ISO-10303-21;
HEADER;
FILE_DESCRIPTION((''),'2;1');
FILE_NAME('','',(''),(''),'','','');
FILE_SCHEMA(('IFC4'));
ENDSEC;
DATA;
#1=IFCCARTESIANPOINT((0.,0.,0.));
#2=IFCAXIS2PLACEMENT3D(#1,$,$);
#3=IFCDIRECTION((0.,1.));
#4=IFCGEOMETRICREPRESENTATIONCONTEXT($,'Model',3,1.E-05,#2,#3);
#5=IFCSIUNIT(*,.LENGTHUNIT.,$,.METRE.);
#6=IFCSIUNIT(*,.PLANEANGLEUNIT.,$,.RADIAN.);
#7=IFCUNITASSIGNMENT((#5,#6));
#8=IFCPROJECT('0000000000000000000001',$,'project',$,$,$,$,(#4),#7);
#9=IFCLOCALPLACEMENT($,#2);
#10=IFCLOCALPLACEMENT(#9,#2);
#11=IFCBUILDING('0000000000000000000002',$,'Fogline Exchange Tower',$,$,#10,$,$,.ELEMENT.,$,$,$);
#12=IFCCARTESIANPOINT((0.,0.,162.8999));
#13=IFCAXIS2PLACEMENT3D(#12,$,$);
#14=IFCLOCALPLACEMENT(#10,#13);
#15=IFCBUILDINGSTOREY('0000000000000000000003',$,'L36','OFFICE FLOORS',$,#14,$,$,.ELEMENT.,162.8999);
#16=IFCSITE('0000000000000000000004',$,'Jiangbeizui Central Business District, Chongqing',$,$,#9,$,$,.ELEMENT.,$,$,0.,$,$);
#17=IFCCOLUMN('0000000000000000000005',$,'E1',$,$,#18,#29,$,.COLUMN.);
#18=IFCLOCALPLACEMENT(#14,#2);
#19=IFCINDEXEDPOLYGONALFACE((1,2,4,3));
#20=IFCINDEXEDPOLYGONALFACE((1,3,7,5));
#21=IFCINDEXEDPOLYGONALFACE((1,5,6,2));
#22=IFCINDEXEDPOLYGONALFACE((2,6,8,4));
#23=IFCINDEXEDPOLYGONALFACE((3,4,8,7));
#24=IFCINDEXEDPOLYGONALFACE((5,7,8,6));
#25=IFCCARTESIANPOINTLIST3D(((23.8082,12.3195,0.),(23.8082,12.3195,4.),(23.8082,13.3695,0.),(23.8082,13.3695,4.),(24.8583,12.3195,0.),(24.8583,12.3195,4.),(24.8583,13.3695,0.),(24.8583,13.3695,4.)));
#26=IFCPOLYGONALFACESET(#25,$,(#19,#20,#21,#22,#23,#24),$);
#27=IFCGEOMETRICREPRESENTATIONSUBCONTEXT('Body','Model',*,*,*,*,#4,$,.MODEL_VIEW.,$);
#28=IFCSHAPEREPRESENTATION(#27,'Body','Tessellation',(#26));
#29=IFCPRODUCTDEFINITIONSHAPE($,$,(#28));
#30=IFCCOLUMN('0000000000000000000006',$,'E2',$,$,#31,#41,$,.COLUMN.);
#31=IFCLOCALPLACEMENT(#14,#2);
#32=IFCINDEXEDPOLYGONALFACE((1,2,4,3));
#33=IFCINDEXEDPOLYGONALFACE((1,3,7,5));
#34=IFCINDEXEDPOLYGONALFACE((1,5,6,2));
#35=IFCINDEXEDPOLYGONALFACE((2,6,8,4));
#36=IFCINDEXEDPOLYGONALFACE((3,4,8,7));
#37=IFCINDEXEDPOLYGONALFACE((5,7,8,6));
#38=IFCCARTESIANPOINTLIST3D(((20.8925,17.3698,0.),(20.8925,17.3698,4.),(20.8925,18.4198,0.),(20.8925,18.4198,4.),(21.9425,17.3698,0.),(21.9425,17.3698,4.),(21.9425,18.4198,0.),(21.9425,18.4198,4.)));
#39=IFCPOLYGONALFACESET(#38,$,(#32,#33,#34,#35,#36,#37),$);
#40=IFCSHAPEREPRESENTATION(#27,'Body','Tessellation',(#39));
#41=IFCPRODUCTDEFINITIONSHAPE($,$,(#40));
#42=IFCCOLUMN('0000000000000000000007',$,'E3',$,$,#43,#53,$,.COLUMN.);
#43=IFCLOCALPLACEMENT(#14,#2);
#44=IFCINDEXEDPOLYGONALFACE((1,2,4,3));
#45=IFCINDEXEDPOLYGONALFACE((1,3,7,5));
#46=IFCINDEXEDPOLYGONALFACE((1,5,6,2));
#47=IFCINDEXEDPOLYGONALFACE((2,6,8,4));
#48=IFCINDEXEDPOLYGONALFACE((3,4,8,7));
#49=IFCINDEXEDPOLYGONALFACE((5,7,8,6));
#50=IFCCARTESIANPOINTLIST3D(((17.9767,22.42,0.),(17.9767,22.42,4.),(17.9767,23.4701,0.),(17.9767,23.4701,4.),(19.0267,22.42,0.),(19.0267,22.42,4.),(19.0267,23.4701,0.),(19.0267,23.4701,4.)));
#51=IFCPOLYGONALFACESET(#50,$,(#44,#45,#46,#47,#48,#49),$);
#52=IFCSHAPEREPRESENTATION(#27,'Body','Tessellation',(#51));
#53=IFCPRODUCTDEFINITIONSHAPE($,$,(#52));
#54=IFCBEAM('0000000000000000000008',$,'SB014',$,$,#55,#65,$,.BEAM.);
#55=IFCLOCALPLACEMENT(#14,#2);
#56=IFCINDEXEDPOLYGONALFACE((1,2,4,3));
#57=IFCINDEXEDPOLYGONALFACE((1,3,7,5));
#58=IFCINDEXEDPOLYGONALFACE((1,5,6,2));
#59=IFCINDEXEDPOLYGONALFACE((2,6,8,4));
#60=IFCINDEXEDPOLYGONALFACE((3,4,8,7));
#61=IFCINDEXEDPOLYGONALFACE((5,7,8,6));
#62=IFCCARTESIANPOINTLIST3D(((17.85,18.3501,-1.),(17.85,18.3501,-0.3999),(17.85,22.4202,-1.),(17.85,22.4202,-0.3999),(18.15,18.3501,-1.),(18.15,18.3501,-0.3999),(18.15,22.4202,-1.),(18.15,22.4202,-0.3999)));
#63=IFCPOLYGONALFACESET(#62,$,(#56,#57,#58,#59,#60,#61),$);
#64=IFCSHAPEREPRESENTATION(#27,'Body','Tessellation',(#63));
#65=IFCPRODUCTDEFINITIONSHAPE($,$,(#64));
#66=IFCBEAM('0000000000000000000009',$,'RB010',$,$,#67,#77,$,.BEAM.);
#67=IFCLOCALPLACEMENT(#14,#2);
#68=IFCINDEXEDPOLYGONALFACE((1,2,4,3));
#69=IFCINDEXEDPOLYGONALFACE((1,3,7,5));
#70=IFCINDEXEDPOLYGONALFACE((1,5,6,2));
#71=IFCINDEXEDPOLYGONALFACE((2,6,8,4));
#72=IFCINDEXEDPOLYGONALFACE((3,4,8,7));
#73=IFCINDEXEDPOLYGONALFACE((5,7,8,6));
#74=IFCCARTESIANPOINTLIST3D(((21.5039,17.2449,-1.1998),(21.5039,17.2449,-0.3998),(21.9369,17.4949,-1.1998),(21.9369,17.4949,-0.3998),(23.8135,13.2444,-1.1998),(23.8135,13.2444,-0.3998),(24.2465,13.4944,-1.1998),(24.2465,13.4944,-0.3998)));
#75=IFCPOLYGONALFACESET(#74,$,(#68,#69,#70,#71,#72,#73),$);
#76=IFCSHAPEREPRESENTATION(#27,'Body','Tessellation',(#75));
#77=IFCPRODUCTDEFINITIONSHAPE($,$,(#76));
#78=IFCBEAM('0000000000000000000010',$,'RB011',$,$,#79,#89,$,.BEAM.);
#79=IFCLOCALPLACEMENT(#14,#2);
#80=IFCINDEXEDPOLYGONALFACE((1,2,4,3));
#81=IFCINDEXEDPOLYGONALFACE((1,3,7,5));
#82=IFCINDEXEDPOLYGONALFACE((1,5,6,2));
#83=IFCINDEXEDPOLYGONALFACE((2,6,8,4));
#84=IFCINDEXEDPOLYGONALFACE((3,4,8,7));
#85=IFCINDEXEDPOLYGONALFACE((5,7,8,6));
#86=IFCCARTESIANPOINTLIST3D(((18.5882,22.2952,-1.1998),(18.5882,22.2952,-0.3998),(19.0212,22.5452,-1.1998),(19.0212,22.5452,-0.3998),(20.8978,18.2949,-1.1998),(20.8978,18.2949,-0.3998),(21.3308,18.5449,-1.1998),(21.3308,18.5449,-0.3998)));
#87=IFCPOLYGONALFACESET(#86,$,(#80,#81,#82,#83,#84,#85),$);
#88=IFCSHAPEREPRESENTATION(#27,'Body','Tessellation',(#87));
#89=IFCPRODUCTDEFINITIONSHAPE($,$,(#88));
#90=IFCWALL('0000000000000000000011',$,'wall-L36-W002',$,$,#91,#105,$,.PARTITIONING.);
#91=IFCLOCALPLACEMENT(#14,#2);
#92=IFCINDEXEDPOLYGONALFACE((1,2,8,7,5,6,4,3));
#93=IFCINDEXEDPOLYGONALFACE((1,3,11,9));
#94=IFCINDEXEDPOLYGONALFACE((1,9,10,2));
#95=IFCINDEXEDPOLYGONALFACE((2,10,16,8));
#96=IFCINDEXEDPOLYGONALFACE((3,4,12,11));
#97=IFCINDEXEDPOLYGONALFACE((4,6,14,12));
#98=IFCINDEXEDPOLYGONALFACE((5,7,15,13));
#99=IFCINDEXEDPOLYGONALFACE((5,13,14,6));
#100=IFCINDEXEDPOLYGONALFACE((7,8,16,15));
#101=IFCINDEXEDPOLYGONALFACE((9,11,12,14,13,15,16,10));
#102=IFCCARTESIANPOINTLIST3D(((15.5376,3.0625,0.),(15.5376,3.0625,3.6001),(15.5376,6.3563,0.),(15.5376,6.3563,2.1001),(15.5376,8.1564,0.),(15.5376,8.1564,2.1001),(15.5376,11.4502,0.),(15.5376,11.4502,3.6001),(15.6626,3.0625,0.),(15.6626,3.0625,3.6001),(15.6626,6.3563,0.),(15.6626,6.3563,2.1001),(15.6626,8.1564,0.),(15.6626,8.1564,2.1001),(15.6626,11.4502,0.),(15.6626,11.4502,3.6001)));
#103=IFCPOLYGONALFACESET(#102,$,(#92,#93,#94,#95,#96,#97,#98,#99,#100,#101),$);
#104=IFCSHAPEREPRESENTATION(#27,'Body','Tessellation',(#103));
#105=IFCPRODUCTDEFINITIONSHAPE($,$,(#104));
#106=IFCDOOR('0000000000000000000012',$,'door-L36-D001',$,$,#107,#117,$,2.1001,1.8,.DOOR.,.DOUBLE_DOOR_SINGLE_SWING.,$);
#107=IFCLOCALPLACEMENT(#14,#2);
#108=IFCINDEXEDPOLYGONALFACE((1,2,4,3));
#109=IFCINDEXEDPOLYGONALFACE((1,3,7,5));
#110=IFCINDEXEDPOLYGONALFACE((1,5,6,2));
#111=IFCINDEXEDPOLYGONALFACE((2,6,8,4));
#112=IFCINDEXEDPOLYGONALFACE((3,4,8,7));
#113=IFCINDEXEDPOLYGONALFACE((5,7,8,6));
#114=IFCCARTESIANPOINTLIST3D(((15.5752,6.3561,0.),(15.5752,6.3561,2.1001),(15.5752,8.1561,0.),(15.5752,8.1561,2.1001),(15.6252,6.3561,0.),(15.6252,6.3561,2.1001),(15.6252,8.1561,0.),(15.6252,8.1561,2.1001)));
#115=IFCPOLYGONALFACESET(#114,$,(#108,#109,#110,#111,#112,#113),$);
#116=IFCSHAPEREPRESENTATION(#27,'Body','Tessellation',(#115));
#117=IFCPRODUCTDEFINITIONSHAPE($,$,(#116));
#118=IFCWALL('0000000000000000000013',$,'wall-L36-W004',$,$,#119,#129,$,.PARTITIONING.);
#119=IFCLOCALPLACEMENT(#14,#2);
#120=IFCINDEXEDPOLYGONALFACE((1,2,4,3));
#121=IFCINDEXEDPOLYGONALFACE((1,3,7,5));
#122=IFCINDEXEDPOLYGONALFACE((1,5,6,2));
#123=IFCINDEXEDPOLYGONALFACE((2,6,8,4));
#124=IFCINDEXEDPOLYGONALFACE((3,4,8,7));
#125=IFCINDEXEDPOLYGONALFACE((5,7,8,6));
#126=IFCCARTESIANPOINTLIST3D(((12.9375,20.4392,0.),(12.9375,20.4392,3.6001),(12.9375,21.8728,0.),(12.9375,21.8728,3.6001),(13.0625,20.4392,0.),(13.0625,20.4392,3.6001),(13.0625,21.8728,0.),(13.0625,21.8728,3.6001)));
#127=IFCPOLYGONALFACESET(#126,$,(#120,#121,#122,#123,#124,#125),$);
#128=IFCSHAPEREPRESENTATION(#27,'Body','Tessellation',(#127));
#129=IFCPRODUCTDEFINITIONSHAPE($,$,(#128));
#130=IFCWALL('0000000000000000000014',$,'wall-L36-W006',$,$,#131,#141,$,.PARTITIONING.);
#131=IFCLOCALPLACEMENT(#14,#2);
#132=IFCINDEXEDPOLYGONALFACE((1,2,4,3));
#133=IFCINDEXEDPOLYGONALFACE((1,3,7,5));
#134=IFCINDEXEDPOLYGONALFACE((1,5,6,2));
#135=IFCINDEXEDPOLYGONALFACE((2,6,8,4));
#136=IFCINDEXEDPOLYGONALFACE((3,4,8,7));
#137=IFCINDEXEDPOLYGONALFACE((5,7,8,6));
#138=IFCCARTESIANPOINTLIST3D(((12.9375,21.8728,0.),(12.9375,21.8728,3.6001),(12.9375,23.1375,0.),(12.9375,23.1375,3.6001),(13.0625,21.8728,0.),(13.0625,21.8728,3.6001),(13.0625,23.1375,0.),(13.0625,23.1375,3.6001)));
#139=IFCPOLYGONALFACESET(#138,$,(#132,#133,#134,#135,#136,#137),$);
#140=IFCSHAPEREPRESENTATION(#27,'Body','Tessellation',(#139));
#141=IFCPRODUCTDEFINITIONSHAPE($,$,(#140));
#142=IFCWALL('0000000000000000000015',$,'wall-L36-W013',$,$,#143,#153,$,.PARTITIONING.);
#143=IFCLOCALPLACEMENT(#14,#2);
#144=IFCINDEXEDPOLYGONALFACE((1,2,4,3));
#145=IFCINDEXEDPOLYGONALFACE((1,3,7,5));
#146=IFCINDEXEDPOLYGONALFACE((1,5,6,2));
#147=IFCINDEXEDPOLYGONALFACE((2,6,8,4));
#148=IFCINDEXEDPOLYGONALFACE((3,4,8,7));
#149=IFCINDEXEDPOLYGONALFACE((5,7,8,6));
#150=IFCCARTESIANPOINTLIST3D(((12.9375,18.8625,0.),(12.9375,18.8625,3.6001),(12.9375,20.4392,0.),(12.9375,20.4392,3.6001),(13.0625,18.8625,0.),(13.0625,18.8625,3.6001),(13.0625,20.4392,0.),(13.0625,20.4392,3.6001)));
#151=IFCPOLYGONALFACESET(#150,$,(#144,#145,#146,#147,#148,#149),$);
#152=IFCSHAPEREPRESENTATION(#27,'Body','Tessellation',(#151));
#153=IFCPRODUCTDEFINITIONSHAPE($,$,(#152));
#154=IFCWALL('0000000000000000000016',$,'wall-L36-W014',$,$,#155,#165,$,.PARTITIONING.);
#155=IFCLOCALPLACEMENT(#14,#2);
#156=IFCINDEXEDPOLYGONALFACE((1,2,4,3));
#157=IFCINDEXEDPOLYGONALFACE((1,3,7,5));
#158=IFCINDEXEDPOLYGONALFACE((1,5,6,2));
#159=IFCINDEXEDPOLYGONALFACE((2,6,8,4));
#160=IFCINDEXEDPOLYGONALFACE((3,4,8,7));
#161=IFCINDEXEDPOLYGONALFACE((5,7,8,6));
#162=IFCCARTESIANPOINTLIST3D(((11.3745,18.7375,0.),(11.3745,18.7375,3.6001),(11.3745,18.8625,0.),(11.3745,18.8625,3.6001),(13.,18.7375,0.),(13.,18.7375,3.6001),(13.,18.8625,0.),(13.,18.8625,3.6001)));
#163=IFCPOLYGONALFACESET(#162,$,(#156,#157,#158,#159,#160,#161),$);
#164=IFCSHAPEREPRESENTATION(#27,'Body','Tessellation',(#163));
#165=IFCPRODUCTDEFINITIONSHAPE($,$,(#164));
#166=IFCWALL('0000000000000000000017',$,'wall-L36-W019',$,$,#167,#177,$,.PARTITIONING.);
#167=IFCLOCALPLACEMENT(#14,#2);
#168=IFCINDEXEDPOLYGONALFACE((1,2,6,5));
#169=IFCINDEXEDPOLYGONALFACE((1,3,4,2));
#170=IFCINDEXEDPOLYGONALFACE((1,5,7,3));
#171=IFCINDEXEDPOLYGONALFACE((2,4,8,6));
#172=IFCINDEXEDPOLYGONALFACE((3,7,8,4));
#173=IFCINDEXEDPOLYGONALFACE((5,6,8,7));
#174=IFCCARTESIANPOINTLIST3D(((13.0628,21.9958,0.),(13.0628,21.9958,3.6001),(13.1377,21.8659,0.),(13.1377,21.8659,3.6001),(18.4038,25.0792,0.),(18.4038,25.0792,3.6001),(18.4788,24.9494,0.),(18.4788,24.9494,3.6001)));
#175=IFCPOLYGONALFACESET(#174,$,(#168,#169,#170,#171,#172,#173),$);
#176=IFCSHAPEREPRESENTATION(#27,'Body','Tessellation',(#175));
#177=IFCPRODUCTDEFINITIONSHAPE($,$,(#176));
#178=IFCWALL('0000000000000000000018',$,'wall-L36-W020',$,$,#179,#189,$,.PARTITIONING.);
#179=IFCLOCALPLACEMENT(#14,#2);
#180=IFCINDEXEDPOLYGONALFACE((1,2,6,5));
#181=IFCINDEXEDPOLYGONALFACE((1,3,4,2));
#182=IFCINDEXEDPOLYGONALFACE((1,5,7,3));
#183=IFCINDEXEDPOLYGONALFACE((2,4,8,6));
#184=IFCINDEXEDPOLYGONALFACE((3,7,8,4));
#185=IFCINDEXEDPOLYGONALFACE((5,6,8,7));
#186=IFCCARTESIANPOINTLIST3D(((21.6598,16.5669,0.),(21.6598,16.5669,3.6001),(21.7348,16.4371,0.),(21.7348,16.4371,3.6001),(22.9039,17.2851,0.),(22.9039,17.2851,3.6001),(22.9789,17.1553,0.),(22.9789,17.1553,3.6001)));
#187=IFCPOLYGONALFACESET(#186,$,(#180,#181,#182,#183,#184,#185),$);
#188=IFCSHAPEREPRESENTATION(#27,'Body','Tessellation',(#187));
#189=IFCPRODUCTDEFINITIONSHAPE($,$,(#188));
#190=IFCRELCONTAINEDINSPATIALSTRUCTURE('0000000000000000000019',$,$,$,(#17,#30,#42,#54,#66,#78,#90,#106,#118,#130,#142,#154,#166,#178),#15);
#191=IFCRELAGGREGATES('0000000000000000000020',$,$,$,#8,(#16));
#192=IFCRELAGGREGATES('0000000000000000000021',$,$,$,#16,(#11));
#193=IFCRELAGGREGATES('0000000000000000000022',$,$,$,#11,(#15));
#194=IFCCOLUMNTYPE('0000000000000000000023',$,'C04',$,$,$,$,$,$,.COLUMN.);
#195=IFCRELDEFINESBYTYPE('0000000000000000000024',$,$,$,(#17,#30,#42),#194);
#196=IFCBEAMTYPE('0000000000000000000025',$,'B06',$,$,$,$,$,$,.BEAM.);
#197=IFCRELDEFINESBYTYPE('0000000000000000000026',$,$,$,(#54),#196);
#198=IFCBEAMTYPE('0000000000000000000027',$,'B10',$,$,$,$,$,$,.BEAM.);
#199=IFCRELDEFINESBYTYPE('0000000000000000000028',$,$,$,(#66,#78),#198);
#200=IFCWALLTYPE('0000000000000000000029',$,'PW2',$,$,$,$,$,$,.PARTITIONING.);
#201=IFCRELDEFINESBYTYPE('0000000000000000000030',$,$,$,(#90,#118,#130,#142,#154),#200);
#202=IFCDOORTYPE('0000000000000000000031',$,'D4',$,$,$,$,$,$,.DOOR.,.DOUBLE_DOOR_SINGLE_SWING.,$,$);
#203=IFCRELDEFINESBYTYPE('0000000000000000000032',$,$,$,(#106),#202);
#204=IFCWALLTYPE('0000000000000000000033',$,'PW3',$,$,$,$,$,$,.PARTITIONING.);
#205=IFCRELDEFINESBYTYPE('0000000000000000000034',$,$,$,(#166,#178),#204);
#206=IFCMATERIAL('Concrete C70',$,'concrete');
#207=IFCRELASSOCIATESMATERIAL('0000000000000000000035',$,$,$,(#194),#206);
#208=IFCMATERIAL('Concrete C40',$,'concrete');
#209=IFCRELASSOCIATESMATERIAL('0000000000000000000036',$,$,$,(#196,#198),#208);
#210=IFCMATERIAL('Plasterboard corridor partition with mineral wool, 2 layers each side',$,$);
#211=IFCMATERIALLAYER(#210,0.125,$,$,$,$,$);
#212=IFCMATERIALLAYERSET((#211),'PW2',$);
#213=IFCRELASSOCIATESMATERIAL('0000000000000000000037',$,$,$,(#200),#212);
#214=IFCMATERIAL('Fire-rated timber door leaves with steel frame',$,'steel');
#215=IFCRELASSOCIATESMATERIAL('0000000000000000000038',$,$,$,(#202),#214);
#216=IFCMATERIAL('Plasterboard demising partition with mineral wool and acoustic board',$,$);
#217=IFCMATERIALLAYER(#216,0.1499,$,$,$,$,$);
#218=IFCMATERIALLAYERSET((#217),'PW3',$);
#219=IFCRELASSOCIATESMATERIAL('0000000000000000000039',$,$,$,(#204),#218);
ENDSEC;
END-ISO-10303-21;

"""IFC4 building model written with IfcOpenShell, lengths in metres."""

from ifc_helpers import new_model, si_unit, direction, frame, frame_2d, origin, origin_2d, place, context, subcontext, project, spatial, rectangle, extrude, material, layer, layer_set, material_profile, profile_set, type_object, element, fill, save


model = new_model("IFC4")

# Units and contexts
model_context = context("Model", 3, precision=1e-05, world=origin(), true_north=direction((0.0, 1.0)))
body_context = subcontext(model_context, "Body", "Model", "MODEL_VIEW")
ifc_project = project(units=[si_unit("LENGTHUNIT", "METRE"), si_unit("PLANEANGLEUNIT", "RADIAN")], contexts=[model_context])

# Site, building, storey
site_placement = place(None, origin())
site = spatial("IfcSite", under=ifc_project, at=site_placement, Name="Jiangbeizui Central Business District, Chongqing", CompositionType="ELEMENT", RefElevation=0.0)
building_placement = place(site_placement, origin())
building = spatial("IfcBuilding", under=site, at=building_placement, Name="Fogline Exchange Tower", CompositionType="ELEMENT")
storey_placement = place(building_placement, frame((0.0, 0.0, 162.8999)))
storey = spatial("IfcBuildingStorey", under=building, at=storey_placement, Name="L36", Description="OFFICE FLOORS", CompositionType="ELEMENT", Elevation=162.8999)

# Columns
ifc_material_1 = material(Name="Concrete C70", Category="concrete")
ifc_material_profile_1 = material_profile(ifc_material_1, rectangle(XDim=1.05, YDim=1.05, at=origin_2d()), Name="RC 1050x1050")
ifc_profile_set_1 = profile_set([ifc_material_profile_1], Name="Concrete C70")
column_type = type_object("IfcColumnType", Name="C04", PredefinedType="COLUMN", material=ifc_profile_set_1)
for number, where, z_axis, x_axis, name in (
    (1, (24.3333, 12.8445, 0.0), (0.0, 0.0, 1.0), (1.0, 0.0, 0.0), "E1"),
    (2, (21.4175, 17.8948, 0.0), (0.0, 0.0, 1.0), (1.0, 0.0, 0.0), "E2"),
    (3, (18.5017, 22.9451, 0.0), (0.0, 0.0, 1.0), (1.0, 0.0, 0.0), "E3"),
):
    element("IfcColumn", number, at=place(storey_placement, frame(where, z_axis=z_axis, x_axis=x_axis)), inside=storey, type_object=column_type, Name=name, PredefinedType="COLUMN", context=body_context, shape_type="SweptSolid", body=[
        extrude(rectangle(XDim=1.05, YDim=1.05, at=origin_2d()), origin(), (0.0, 0.0, 1.0), 4.0),
    ])

# Beams
ifc_material_2 = material(Name="Concrete C40", Category="concrete")
ifc_material_profile_2 = material_profile(ifc_material_2, rectangle(XDim=0.3, YDim=0.6001, at=origin_2d()), Name="RC 300x600")
ifc_profile_set_2 = profile_set([ifc_material_profile_2], Name="Concrete C40")
beam_type_1 = type_object("IfcBeamType", Name="B06", PredefinedType="BEAM", material=ifc_profile_set_2)
beam_1_placement = place(storey_placement, frame((18.0, 18.3501, -0.7), z_axis=(0.0, 1.0, 0.0), x_axis=(-1.0, 0.0, 0.0)))
element("IfcBeam", 4, at=beam_1_placement, inside=storey, type_object=beam_type_1, Name="SB014", PredefinedType="BEAM", context=body_context, shape_type="SweptSolid", body=[
    extrude(rectangle(XDim=0.3, YDim=0.6001, at=origin_2d()), origin(), (0.0, 0.0, 1.0), 4.0701),
])
ifc_material_profile_3 = material_profile(ifc_material_2, rectangle(XDim=0.5, YDim=0.8, at=origin_2d()), Name="RC 500x800")
ifc_profile_set_3 = profile_set([ifc_material_profile_3], Name="Concrete C40")
beam_type_2 = type_object("IfcBeamType", Name="B10", PredefinedType="BEAM", material=ifc_profile_set_3)
beam_2_placement = place(storey_placement, frame((24.03, 13.3694, -0.7998), z_axis=(-0.499982, 0.866036, 0.0), x_axis=(-0.866036, -0.499982, 0.0)))
element("IfcBeam", 5, at=beam_2_placement, inside=storey, type_object=beam_type_2, Name="RB010", PredefinedType="BEAM", context=body_context, shape_type="SweptSolid", body=[
    extrude(rectangle(XDim=0.5, YDim=0.8, at=origin_2d()), origin(), (0.0, 0.0, 1.0), 4.6194),
])
beam_3_placement = place(storey_placement, frame((21.1143, 18.4199, -0.7998), z_axis=(-0.500005, 0.866023, 0.0), x_axis=(-0.866023, -0.500005, 0.0)))
element("IfcBeam", 6, at=beam_3_placement, inside=storey, type_object=beam_type_2, Name="RB011", PredefinedType="BEAM", context=body_context, shape_type="SweptSolid", body=[
    extrude(rectangle(XDim=0.5, YDim=0.8, at=origin_2d()), origin(), (0.0, 0.0, 1.0), 4.6191),
])

# Wall, opening, door
ifc_material_3 = material(Name="Plasterboard corridor partition with mineral wool, 2 layers each side")
ifc_layer_1 = layer(ifc_material_3, 0.125)
ifc_layer_set_1 = layer_set([ifc_layer_1], Name="PW2")
wall_type_1 = type_object("IfcWallType", Name="PW2", PredefinedType="PARTITIONING", material=ifc_layer_set_1)
wall_1_placement = place(storey_placement, frame((15.6001, 11.4502, 0.0), z_axis=(0.0, 0.0, 1.0), x_axis=(0.0, -1.0, 0.0)))
wall_1 = element("IfcWall", 7, at=wall_1_placement, inside=storey, type_object=wall_type_1, Name="wall-L36-W002", PredefinedType="PARTITIONING", context=body_context, shape_type="SweptSolid", body=[
    extrude(rectangle(XDim=8.3877, YDim=0.125, at=frame_2d((4.1938, 0.0))), origin(), (0.0, 0.0, 1.0), 3.6001),
])
opening_1_placement = place(wall_1_placement, frame((3.2939, 0.0, 0.0)))
opening_1 = element("IfcOpeningElement", 8, at=opening_1_placement, cuts=wall_1, PredefinedType="OPENING", context=body_context, shape_type="SweptSolid", body=[
    extrude(rectangle(XDim=1.8, YDim=2.1001, at=frame_2d((0.8999, 1.05))), frame((0.0, 0.0725, 0.0), z_axis=(0.0, -1.0, 0.0), x_axis=(1.0, 0.0, 0.0)), (0.0, 0.0, 1.0), 0.145),
])
ifc_material_4 = material(Name="Fire-rated timber door leaves with steel frame", Category="steel")
door_type_1 = type_object("IfcDoorType", Name="D4", OperationType="DOUBLE_DOOR_SINGLE_SWING", PredefinedType="DOOR", material=ifc_material_4)
door_1_placement = place(opening_1_placement, frame((1.8, 0.0, 0.0), z_axis=(0.0, 0.0, 1.0), x_axis=(-1.0, 0.0, 0.0)))
door_1 = element("IfcDoor", 9, at=door_1_placement, inside=storey, type_object=door_type_1, Name="door-L36-D001", OperationType="DOUBLE_DOOR_SINGLE_SWING", OverallHeight=2.1001, OverallWidth=1.8, PredefinedType="DOOR", context=body_context, shape_type="SweptSolid", body=[
    extrude(rectangle(XDim=1.8, YDim=2.1001, at=frame_2d((0.8999, 1.05))), frame((0.0, 0.0249, 0.0), z_axis=(0.0, -1.0, 0.0), x_axis=(1.0, 0.0, 0.0)), (0.0, 0.0, 1.0), 0.05),
])
fill(opening_1, door_1)

# Walls
wall_2_placement = place(storey_placement, frame((13.0, 21.8728, 0.0), z_axis=(0.0, 0.0, 1.0), x_axis=(0.0, -1.0, 0.0)))
element("IfcWall", 10, at=wall_2_placement, inside=storey, type_object=wall_type_1, Name="wall-L36-W004", PredefinedType="PARTITIONING", context=body_context, shape_type="SweptSolid", body=[
    extrude(rectangle(XDim=1.4336, YDim=0.125, at=frame_2d((0.7168, 0.0))), origin(), (0.0, 0.0, 1.0), 3.6001),
])
wall_3_placement = place(storey_placement, frame((13.0, 23.1375, 0.0), z_axis=(0.0, 0.0, 1.0), x_axis=(0.0, -1.0, 0.0)))
element("IfcWall", 11, at=wall_3_placement, inside=storey, type_object=wall_type_1, Name="wall-L36-W006", PredefinedType="PARTITIONING", context=body_context, shape_type="SweptSolid", body=[
    extrude(rectangle(XDim=1.2646, YDim=0.125, at=frame_2d((0.6323, 0.0))), origin(), (0.0, 0.0, 1.0), 3.6001),
])
wall_4_placement = place(storey_placement, frame((13.0, 20.4392, 0.0), z_axis=(0.0, 0.0, 1.0), x_axis=(0.0, -1.0, 0.0)))
element("IfcWall", 12, at=wall_4_placement, inside=storey, type_object=wall_type_1, Name="wall-L36-W013", PredefinedType="PARTITIONING", context=body_context, shape_type="SweptSolid", body=[
    extrude(rectangle(XDim=1.5767, YDim=0.125, at=frame_2d((0.7883, 0.0))), origin(), (0.0, 0.0, 1.0), 3.6001),
])
wall_5_placement = place(storey_placement, frame((13.0, 18.8, 0.0), z_axis=(0.0, 0.0, 1.0), x_axis=(-1.0, 0.0, 0.0)))
element("IfcWall", 13, at=wall_5_placement, inside=storey, type_object=wall_type_1, Name="wall-L36-W014", PredefinedType="PARTITIONING", context=body_context, shape_type="SweptSolid", body=[
    extrude(rectangle(XDim=1.6255, YDim=0.125, at=frame_2d((0.8127, 0.0))), origin(), (0.0, 0.0, 1.0), 3.6001),
])
ifc_material_5 = material(Name="Plasterboard demising partition with mineral wool and acoustic board")
ifc_layer_2 = layer(ifc_material_5, 0.1499)
ifc_layer_set_2 = layer_set([ifc_layer_2], Name="PW3")
wall_type_2 = type_object("IfcWallType", Name="PW3", PredefinedType="PARTITIONING", material=ifc_layer_set_2)
wall_6_placement = place(storey_placement, frame((13.1003, 21.9309, 0.0), z_axis=(0.0, 0.0, 1.0), x_axis=(0.866037, 0.499979, 0.0)))
element("IfcWall", 14, at=wall_6_placement, inside=storey, type_object=wall_type_2, Name="wall-L36-W019", PredefinedType="PARTITIONING", context=body_context, shape_type="SweptSolid", body=[
    extrude(rectangle(XDim=6.1672, YDim=0.1499, at=frame_2d((3.0835, 0.0))), origin(), (0.0, 0.0, 1.0), 3.6001),
])
wall_7_placement = place(storey_placement, frame((22.9414, 17.2202, 0.0), z_axis=(0.0, 0.0, 1.0), x_axis=(-0.866038, -0.499977, 0.0)))
element("IfcWall", 15, at=wall_7_placement, inside=storey, type_object=wall_type_2, Name="wall-L36-W020", PredefinedType="PARTITIONING", context=body_context, shape_type="SweptSolid", body=[
    extrude(rectangle(XDim=1.4365, YDim=0.1499, at=frame_2d((0.7183, 0.0))), origin(), (0.0, 0.0, 1.0), 3.6001),
])

save(model, "model.ifc")
